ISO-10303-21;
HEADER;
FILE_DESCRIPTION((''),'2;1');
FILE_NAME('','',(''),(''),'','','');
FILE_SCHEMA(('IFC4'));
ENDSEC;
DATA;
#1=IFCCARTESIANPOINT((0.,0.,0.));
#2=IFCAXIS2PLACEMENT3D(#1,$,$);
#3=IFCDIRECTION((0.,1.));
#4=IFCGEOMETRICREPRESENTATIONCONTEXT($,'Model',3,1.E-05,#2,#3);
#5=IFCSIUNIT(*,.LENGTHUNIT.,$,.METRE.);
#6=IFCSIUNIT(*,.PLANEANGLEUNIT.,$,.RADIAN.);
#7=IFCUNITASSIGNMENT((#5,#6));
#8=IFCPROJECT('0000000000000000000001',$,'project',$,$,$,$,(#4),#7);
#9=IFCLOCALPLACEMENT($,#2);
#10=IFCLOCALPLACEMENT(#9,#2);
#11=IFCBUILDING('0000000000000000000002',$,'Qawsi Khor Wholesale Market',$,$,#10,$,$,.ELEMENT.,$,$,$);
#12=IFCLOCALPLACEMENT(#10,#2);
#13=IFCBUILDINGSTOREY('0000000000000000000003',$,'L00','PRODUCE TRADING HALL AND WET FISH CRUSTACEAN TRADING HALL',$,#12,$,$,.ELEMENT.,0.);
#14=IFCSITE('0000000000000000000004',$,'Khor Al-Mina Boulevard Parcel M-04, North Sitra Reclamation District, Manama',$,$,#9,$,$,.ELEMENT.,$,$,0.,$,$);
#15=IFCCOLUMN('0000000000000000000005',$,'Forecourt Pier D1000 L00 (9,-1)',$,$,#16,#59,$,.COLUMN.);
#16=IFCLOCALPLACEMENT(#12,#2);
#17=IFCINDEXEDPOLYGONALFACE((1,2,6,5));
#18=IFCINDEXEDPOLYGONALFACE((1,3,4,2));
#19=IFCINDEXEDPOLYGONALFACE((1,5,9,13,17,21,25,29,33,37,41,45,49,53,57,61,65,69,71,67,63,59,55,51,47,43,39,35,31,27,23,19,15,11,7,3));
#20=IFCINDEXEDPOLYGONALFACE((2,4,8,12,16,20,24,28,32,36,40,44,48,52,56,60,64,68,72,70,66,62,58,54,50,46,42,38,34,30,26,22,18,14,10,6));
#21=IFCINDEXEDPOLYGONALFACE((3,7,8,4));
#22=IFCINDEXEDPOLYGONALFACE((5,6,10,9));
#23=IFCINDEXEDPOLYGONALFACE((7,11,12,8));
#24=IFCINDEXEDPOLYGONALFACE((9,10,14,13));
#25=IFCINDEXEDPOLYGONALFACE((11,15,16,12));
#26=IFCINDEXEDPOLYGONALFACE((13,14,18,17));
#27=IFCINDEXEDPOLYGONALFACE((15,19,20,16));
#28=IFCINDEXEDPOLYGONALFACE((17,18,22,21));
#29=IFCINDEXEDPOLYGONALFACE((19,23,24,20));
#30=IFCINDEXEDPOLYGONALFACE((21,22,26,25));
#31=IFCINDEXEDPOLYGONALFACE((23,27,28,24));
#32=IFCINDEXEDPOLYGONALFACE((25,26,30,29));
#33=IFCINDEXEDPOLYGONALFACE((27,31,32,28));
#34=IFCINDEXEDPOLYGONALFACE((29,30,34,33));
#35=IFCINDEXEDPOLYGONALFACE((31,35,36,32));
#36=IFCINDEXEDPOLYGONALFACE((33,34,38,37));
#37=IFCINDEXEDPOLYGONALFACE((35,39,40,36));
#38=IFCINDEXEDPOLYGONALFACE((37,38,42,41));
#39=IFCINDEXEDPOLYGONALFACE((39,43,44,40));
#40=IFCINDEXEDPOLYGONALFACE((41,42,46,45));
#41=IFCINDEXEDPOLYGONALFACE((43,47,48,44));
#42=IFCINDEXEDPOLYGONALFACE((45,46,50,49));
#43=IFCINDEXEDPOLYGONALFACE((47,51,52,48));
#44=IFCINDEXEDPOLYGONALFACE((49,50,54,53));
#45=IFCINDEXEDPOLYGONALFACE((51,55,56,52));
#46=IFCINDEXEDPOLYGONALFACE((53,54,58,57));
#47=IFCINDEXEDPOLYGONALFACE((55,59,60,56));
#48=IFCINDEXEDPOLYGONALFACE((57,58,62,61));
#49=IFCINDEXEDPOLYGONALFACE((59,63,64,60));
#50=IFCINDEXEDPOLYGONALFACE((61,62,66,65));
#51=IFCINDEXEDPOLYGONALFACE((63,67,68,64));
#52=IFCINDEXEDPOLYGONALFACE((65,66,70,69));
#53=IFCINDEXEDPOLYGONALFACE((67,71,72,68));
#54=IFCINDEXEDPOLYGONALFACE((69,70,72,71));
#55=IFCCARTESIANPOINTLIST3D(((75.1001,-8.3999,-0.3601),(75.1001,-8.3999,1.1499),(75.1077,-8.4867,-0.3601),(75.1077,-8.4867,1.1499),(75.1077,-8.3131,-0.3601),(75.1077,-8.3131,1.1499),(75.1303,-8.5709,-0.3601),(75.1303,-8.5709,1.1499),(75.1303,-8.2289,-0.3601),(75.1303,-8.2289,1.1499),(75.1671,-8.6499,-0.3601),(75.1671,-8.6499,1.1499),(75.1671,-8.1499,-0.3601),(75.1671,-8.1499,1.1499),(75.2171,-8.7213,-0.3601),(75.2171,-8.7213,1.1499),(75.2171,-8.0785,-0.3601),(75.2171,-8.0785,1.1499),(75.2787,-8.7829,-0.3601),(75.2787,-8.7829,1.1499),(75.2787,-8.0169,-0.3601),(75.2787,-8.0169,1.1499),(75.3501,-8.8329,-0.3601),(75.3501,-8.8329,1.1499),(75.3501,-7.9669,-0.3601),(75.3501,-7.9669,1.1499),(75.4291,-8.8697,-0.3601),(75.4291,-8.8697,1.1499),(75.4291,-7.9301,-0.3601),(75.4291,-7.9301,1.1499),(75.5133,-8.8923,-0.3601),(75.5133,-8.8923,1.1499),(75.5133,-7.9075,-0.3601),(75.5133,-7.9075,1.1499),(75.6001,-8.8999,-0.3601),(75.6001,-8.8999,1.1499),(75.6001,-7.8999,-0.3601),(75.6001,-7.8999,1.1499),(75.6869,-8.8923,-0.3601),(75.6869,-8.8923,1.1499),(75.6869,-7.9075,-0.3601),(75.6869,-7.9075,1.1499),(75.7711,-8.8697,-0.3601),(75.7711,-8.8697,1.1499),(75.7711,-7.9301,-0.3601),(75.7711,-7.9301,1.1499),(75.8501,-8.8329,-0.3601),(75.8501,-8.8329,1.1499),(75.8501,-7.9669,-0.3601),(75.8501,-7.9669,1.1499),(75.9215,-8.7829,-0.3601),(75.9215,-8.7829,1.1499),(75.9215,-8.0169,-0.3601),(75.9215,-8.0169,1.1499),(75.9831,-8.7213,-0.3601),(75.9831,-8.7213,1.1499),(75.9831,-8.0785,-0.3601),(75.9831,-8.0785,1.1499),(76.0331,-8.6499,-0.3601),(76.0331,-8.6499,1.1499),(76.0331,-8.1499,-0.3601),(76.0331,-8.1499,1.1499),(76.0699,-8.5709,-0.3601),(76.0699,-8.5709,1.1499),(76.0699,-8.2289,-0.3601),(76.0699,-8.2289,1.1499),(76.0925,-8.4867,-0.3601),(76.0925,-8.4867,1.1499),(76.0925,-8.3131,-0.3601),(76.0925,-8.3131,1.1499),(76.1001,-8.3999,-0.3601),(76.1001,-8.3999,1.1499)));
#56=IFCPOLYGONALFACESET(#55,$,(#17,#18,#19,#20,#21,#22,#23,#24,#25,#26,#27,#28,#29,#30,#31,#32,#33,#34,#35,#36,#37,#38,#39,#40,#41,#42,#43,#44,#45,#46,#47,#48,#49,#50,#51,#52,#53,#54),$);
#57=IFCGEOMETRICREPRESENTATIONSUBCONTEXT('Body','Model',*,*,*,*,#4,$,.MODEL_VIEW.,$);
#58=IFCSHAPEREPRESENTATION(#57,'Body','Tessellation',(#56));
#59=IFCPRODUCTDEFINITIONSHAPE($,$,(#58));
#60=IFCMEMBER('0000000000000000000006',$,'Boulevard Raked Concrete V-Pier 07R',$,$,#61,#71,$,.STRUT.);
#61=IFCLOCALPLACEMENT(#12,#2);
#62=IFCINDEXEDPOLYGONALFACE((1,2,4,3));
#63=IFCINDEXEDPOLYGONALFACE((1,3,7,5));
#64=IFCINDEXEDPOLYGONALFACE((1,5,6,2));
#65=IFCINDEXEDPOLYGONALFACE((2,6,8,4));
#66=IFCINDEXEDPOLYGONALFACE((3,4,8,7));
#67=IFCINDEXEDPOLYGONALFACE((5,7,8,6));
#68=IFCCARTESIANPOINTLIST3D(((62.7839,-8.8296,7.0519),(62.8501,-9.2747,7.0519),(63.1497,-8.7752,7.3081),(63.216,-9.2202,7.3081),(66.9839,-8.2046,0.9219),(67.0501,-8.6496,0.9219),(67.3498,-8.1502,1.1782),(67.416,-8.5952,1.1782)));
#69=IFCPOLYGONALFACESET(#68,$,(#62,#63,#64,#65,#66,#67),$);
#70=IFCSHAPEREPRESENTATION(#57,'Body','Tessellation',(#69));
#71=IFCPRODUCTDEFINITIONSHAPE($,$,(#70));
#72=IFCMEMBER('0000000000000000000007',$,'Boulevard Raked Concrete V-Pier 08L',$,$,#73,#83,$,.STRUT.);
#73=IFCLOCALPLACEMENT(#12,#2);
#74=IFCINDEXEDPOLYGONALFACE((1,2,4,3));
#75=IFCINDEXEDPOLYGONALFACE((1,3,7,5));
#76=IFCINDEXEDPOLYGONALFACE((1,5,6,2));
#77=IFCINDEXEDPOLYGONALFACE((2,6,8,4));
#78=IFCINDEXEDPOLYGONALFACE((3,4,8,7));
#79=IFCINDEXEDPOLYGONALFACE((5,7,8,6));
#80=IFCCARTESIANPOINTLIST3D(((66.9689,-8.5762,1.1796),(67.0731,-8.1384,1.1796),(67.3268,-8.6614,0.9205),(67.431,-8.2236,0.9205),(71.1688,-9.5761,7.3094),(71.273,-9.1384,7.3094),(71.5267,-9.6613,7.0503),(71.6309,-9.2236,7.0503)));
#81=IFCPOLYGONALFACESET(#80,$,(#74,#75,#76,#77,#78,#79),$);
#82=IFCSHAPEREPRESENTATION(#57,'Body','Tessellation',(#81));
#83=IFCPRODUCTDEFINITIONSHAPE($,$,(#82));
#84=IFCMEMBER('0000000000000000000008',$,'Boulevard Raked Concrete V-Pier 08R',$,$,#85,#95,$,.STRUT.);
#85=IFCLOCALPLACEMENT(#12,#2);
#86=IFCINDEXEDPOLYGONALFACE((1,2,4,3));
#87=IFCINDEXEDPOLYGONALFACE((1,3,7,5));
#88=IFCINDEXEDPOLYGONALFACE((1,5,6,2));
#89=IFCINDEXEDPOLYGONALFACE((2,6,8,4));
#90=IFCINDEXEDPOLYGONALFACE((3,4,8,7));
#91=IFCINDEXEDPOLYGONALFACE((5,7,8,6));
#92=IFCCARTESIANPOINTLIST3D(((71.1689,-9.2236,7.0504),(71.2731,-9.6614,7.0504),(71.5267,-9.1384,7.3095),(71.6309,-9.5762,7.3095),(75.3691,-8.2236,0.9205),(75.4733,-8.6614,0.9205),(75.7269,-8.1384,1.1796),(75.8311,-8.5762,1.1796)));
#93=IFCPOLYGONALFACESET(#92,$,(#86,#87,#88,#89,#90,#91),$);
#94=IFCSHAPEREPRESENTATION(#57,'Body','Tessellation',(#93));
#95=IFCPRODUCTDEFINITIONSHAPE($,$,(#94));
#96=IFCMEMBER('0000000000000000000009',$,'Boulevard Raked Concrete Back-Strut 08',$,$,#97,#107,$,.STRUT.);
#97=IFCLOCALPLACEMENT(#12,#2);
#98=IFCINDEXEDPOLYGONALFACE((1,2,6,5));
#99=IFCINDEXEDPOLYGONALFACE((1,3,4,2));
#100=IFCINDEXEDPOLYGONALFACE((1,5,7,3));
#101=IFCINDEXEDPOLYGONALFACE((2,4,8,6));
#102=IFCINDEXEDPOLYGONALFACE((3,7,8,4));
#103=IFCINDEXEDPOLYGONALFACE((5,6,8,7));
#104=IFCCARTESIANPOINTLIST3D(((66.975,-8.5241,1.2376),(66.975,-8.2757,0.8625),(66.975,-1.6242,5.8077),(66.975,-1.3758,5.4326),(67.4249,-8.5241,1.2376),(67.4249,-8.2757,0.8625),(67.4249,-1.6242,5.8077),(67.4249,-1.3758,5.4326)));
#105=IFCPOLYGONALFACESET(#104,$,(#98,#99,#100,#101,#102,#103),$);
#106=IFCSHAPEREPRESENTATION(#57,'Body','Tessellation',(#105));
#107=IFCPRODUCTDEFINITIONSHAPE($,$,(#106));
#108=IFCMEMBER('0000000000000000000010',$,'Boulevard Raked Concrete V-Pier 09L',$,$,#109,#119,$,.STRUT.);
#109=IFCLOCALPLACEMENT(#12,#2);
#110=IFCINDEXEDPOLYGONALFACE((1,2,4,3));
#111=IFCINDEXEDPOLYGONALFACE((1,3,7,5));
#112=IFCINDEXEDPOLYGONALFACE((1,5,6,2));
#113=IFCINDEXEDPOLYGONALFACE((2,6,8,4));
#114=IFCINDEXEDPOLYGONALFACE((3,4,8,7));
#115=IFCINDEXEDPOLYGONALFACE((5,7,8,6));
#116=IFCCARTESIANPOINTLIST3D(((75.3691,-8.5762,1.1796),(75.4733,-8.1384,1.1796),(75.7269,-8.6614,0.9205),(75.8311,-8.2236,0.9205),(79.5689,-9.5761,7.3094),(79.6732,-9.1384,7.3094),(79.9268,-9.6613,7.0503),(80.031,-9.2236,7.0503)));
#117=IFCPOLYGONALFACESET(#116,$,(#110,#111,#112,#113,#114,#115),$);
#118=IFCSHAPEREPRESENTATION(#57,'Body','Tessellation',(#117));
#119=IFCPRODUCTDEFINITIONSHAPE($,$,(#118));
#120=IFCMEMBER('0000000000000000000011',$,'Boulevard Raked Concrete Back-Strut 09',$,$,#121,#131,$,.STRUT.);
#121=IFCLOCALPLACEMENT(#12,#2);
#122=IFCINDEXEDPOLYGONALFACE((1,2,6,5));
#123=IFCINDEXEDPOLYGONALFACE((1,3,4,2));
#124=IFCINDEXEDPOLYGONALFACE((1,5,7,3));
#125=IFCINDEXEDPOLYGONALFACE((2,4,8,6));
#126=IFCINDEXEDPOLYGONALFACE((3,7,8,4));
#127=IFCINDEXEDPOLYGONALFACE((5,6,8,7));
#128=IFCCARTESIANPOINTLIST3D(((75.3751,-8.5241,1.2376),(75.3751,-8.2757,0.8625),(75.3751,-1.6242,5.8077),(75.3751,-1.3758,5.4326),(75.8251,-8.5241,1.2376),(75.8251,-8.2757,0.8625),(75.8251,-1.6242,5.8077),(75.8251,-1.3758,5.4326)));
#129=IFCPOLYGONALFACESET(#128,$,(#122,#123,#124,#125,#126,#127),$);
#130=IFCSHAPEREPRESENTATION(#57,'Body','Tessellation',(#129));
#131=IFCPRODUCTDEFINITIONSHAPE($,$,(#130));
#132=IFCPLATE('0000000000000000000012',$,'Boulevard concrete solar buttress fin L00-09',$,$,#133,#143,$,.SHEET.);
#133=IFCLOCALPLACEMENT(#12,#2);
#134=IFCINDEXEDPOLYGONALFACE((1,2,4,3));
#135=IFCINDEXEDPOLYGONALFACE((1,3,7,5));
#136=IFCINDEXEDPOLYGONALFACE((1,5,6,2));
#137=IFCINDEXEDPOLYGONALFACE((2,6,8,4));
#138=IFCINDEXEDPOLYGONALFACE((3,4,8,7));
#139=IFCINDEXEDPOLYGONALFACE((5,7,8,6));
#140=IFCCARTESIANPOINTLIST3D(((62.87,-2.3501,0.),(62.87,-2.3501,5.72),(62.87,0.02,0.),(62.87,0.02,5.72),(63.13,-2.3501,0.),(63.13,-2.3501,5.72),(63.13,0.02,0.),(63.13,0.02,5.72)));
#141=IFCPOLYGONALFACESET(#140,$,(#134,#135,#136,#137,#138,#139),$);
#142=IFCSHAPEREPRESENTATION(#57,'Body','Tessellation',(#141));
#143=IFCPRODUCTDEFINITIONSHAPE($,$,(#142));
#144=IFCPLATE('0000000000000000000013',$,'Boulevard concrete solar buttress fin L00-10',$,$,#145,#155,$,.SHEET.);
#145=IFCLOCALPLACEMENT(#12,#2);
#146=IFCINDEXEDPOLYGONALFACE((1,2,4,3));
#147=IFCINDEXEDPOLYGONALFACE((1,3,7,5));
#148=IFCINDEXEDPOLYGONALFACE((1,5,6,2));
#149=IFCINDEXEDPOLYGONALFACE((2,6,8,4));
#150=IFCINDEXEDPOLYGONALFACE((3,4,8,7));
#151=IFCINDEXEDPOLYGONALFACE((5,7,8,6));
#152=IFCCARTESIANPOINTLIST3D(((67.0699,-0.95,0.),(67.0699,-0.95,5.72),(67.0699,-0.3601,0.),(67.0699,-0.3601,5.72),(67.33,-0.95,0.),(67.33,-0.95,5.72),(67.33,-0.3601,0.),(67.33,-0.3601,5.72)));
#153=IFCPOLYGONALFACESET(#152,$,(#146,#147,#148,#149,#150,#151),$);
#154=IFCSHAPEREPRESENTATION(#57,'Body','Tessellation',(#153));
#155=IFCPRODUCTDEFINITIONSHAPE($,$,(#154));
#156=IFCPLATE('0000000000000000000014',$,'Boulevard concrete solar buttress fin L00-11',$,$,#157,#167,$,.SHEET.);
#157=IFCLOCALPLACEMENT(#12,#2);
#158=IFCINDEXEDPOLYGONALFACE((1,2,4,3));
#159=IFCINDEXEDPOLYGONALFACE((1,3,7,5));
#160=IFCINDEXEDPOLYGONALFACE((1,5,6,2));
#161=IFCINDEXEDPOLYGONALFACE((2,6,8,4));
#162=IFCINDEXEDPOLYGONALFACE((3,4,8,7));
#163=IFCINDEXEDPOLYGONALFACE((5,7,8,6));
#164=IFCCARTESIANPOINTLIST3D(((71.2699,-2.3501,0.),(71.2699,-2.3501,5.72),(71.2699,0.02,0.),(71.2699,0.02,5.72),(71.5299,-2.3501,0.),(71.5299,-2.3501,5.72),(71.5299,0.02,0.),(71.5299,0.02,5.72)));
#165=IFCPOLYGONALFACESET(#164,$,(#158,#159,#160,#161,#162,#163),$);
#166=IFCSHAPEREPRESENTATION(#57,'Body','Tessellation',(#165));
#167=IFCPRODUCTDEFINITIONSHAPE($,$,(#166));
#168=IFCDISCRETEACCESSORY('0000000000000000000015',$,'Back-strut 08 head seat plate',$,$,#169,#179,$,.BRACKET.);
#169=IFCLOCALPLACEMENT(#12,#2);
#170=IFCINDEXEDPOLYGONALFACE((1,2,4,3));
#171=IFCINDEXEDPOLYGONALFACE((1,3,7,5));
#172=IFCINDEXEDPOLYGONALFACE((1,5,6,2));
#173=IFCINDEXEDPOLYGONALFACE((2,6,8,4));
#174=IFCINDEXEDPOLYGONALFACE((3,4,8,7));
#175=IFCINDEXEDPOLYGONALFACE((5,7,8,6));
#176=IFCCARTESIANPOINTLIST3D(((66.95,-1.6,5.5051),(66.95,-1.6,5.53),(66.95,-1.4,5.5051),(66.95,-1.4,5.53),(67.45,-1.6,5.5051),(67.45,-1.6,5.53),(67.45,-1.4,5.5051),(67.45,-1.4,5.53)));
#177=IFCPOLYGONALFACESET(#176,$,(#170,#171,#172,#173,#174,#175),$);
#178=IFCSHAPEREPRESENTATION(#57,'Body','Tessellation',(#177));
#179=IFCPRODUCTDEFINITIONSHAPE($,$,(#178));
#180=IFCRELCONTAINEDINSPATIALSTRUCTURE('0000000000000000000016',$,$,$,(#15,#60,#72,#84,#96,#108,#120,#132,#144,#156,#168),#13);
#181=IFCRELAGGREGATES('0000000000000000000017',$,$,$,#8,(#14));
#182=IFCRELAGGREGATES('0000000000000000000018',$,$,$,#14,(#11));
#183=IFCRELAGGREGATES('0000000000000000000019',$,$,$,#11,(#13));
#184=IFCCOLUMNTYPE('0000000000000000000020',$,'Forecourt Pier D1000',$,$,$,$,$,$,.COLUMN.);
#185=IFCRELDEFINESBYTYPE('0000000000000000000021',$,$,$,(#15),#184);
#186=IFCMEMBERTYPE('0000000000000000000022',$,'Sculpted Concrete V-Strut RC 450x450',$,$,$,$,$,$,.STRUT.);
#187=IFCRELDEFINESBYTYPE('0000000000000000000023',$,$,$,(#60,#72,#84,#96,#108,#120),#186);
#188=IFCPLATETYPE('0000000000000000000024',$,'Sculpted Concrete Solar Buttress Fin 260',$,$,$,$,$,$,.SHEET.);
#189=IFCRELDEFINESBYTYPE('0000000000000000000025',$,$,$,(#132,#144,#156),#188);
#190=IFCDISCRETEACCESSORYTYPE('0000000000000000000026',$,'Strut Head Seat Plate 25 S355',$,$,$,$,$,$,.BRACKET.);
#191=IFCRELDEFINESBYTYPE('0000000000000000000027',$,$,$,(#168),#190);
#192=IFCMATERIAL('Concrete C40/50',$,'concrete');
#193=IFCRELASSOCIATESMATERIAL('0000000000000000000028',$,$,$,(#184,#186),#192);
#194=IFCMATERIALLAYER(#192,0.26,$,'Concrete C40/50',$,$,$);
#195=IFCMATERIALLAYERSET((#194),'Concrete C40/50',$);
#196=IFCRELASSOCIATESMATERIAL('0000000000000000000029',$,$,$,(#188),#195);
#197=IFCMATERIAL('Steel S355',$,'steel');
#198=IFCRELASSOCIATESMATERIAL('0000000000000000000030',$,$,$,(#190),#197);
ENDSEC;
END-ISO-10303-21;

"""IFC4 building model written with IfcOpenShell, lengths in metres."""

from ifc_helpers import new_model, si_unit, direction, frame, frame_2d, origin, origin_2d, place, context, subcontext, project, spatial, rectangle, circle, extrude, material, layer, layer_set, material_profile, profile_set, type_object, element, save


model = new_model("IFC4")

# Units and contexts
model_context = context("Model", 3, precision=1e-05, world=origin(), true_north=direction((0.0, 1.0)))
body_context = subcontext(model_context, "Body", "Model", "MODEL_VIEW")
ifc_project = project(units=[si_unit("LENGTHUNIT", "METRE"), si_unit("PLANEANGLEUNIT", "RADIAN")], contexts=[model_context])

# Site, building, storey
site_placement = place(None, origin())
site = spatial("IfcSite", under=ifc_project, at=site_placement, Name="Khor Al-Mina Boulevard Parcel M-04, North Sitra Reclamation District, Manama", CompositionType="ELEMENT", RefElevation=0.0)
building_placement = place(site_placement, origin())
building = spatial("IfcBuilding", under=site, at=building_placement, Name="Qawsi Khor Wholesale Market", CompositionType="ELEMENT")
storey_placement = place(building_placement, origin())
storey = spatial("IfcBuildingStorey", under=building, at=storey_placement, Name="L00", Description="PRODUCE TRADING HALL AND WET FISH CRUSTACEAN TRADING HALL", CompositionType="ELEMENT", Elevation=0.0)

# Column
ifc_material_1 = material(Name="Concrete C40/50", Category="concrete")
ifc_material_profile_1 = material_profile(ifc_material_1, circle(Radius=0.5, at=origin_2d()), Name="RC COL D1000")
ifc_profile_set_1 = profile_set([ifc_material_profile_1], Name="Concrete C40/50")
column_type_1 = type_object("IfcColumnType", Name="Forecourt Pier D1000", PredefinedType="COLUMN", material=ifc_profile_set_1)
for number, where, z_axis, x_axis, name in (
    (1, (75.6001, -8.3999, -0.3601), (0.0, 0.0, 1.0), (1.0, 0.0, 0.0), "Forecourt Pier D1000 L00 (9,-1)"),
):
    element("IfcColumn", number, at=place(storey_placement, frame(where, z_axis=z_axis, x_axis=x_axis)), inside=storey, type_object=column_type_1, Name=name, PredefinedType="COLUMN", context=body_context, shape_type="SweptSolid", body=[
        extrude(circle(Radius=0.5, at=origin_2d()), origin(), (0.0, 0.0, 1.0), 1.51),
    ])

# Members
ifc_material_profile_2 = material_profile(ifc_material_1, rectangle(XDim=0.45, YDim=0.45, at=origin_2d()), Name="RC 450x450")
ifc_profile_set_2 = profile_set([ifc_material_profile_2], Name="Concrete C40/50")
member_type = type_object("IfcMemberType", Name="Sculpted Concrete V-Strut RC 450x450", PredefinedType="STRUT", material=ifc_profile_set_2)
member_1_placement = place(storey_placement, frame((67.2, -8.3999, 1.05), z_axis=(-0.563229, -0.083815, 0.822039), x_axis=(0.14719, -0.989108, 0.0)))
element("IfcMember", 2, at=member_1_placement, inside=storey, type_object=member_type, Name="Boulevard Raked Concrete V-Pier 07R", PredefinedType="STRUT", context=body_context, shape_type="SweptSolid", body=[
    extrude(rectangle(XDim=0.45, YDim=0.45, at=origin_2d()), origin(), (0.0, 0.0, 1.0), 7.457),
])
member_2_placement = place(storey_placement, frame((67.2, -8.3999, 1.05), z_axis=(0.560168, -0.133375, 0.817572), x_axis=(0.231623, 0.972806, 0.0)))
element("IfcMember", 3, at=member_2_placement, inside=storey, type_object=member_type, Name="Boulevard Raked Concrete V-Pier 08L", PredefinedType="STRUT", context=body_context, shape_type="SweptSolid", body=[
    extrude(rectangle(XDim=0.45, YDim=0.45, at=origin_2d()), origin(), (0.0, 0.0, 1.0), 7.4976),
])
member_3_placement = place(storey_placement, frame((75.6001, -8.3999, 1.05), z_axis=(-0.56019, -0.133372, 0.817557), x_axis=(0.23161, -0.972809, 0.0)))
element("IfcMember", 4, at=member_3_placement, inside=storey, type_object=member_type, Name="Boulevard Raked Concrete V-Pier 08R", PredefinedType="STRUT", context=body_context, shape_type="SweptSolid", body=[
    extrude(rectangle(XDim=0.45, YDim=0.45, at=origin_2d()), origin(), (0.0, 0.0, 1.0), 7.4978),
])
member_4_placement = place(storey_placement, frame((67.2, -8.3999, 1.05), z_axis=(0.0, 0.833712, 0.552199), x_axis=(-1.0, 0.0, 0.0)))
element("IfcMember", 5, at=member_4_placement, inside=storey, type_object=member_type, Name="Boulevard Raked Concrete Back-Strut 08", PredefinedType="STRUT", context=body_context, shape_type="SweptSolid", body=[
    extrude(rectangle(XDim=0.45, YDim=0.45, at=origin_2d()), origin(), (0.0, 0.0, 1.0), 8.2761),
])
member_5_placement = place(storey_placement, frame((75.6001, -8.3999, 1.05), z_axis=(0.560168, -0.133375, 0.817572), x_axis=(0.231623, 0.972806, 0.0)))
element("IfcMember", 6, at=member_5_placement, inside=storey, type_object=member_type, Name="Boulevard Raked Concrete V-Pier 09L", PredefinedType="STRUT", context=body_context, shape_type="SweptSolid", body=[
    extrude(rectangle(XDim=0.45, YDim=0.45, at=origin_2d()), origin(), (0.0, 0.0, 1.0), 7.4976),
])
member_6_placement = place(storey_placement, frame((75.6001, -8.3999, 1.05), z_axis=(0.0, 0.833712, 0.552199), x_axis=(-1.0, 0.0, 0.0)))
element("IfcMember", 7, at=member_6_placement, inside=storey, type_object=member_type, Name="Boulevard Raked Concrete Back-Strut 09", PredefinedType="STRUT", context=body_context, shape_type="SweptSolid", body=[
    extrude(rectangle(XDim=0.45, YDim=0.45, at=origin_2d()), origin(), (0.0, 0.0, 1.0), 8.2761),
])

# Plates
ifc_layer_1 = layer(ifc_material_1, 0.26, Name="Concrete C40/50")
ifc_layer_set_1 = layer_set([ifc_layer_1], Name="Concrete C40/50")
plate_type = type_object("IfcPlateType", Name="Sculpted Concrete Solar Buttress Fin 260", PredefinedType="SHEET", material=ifc_layer_set_1)
plate_1_placement = place(storey_placement, frame((63.0, -2.3501, 0.0), z_axis=(0.0, 0.0, 1.0), x_axis=(0.0, 1.0, 0.0)))
element("IfcPlate", 8, at=plate_1_placement, inside=storey, type_object=plate_type, Name="Boulevard concrete solar buttress fin L00-09", PredefinedType="SHEET", context=body_context, shape_type="SweptSolid", body=[
    extrude(rectangle(XDim=2.3701, YDim=0.26, at=frame_2d((1.1851, 0.0))), origin(), (0.0, 0.0, 1.0), 5.72),
])
plate_2_placement = place(storey_placement, frame((67.2, -0.95, 0.0), z_axis=(0.0, 0.0, 1.0), x_axis=(0.0, 1.0, 0.0)))
element("IfcPlate", 9, at=plate_2_placement, inside=storey, type_object=plate_type, Name="Boulevard concrete solar buttress fin L00-10", PredefinedType="SHEET", context=body_context, shape_type="SweptSolid", body=[
    extrude(rectangle(XDim=0.5898, YDim=0.26, at=frame_2d((0.2949, 0.0))), origin(), (0.0, 0.0, 1.0), 5.72),
])
plate_3_placement = place(storey_placement, frame((71.3999, -2.3501, 0.0), z_axis=(0.0, 0.0, 1.0), x_axis=(0.0, 1.0, 0.0)))
element("IfcPlate", 10, at=plate_3_placement, inside=storey, type_object=plate_type, Name="Boulevard concrete solar buttress fin L00-11", PredefinedType="SHEET", context=body_context, shape_type="SweptSolid", body=[
    extrude(rectangle(XDim=2.3701, YDim=0.26, at=frame_2d((1.1851, 0.0))), origin(), (0.0, 0.0, 1.0), 5.72),
])

# Discrete accessory
ifc_material_2 = material(Name="Steel S355", Category="steel")
discrete_accessory_type = type_object("IfcDiscreteAccessoryType", Name="Strut Head Seat Plate 25 S355", PredefinedType="BRACKET", material=ifc_material_2)
discrete_accessory_placement = place(storey_placement, frame((67.2, -1.5, 5.5051), z_axis=(0.0, 0.0, 1.0), x_axis=(1.0, 0.0, 0.0)))
element("IfcDiscreteAccessory", 11, at=discrete_accessory_placement, inside=storey, type_object=discrete_accessory_type, Name="Back-strut 08 head seat plate", PredefinedType="BRACKET", context=body_context, shape_type="SweptSolid", body=[
    extrude(rectangle(XDim=0.5, YDim=0.2, at=origin_2d()), origin(), (0.0, 0.0, 1.0), 0.0249),
])

save(model, "model.ifc")
